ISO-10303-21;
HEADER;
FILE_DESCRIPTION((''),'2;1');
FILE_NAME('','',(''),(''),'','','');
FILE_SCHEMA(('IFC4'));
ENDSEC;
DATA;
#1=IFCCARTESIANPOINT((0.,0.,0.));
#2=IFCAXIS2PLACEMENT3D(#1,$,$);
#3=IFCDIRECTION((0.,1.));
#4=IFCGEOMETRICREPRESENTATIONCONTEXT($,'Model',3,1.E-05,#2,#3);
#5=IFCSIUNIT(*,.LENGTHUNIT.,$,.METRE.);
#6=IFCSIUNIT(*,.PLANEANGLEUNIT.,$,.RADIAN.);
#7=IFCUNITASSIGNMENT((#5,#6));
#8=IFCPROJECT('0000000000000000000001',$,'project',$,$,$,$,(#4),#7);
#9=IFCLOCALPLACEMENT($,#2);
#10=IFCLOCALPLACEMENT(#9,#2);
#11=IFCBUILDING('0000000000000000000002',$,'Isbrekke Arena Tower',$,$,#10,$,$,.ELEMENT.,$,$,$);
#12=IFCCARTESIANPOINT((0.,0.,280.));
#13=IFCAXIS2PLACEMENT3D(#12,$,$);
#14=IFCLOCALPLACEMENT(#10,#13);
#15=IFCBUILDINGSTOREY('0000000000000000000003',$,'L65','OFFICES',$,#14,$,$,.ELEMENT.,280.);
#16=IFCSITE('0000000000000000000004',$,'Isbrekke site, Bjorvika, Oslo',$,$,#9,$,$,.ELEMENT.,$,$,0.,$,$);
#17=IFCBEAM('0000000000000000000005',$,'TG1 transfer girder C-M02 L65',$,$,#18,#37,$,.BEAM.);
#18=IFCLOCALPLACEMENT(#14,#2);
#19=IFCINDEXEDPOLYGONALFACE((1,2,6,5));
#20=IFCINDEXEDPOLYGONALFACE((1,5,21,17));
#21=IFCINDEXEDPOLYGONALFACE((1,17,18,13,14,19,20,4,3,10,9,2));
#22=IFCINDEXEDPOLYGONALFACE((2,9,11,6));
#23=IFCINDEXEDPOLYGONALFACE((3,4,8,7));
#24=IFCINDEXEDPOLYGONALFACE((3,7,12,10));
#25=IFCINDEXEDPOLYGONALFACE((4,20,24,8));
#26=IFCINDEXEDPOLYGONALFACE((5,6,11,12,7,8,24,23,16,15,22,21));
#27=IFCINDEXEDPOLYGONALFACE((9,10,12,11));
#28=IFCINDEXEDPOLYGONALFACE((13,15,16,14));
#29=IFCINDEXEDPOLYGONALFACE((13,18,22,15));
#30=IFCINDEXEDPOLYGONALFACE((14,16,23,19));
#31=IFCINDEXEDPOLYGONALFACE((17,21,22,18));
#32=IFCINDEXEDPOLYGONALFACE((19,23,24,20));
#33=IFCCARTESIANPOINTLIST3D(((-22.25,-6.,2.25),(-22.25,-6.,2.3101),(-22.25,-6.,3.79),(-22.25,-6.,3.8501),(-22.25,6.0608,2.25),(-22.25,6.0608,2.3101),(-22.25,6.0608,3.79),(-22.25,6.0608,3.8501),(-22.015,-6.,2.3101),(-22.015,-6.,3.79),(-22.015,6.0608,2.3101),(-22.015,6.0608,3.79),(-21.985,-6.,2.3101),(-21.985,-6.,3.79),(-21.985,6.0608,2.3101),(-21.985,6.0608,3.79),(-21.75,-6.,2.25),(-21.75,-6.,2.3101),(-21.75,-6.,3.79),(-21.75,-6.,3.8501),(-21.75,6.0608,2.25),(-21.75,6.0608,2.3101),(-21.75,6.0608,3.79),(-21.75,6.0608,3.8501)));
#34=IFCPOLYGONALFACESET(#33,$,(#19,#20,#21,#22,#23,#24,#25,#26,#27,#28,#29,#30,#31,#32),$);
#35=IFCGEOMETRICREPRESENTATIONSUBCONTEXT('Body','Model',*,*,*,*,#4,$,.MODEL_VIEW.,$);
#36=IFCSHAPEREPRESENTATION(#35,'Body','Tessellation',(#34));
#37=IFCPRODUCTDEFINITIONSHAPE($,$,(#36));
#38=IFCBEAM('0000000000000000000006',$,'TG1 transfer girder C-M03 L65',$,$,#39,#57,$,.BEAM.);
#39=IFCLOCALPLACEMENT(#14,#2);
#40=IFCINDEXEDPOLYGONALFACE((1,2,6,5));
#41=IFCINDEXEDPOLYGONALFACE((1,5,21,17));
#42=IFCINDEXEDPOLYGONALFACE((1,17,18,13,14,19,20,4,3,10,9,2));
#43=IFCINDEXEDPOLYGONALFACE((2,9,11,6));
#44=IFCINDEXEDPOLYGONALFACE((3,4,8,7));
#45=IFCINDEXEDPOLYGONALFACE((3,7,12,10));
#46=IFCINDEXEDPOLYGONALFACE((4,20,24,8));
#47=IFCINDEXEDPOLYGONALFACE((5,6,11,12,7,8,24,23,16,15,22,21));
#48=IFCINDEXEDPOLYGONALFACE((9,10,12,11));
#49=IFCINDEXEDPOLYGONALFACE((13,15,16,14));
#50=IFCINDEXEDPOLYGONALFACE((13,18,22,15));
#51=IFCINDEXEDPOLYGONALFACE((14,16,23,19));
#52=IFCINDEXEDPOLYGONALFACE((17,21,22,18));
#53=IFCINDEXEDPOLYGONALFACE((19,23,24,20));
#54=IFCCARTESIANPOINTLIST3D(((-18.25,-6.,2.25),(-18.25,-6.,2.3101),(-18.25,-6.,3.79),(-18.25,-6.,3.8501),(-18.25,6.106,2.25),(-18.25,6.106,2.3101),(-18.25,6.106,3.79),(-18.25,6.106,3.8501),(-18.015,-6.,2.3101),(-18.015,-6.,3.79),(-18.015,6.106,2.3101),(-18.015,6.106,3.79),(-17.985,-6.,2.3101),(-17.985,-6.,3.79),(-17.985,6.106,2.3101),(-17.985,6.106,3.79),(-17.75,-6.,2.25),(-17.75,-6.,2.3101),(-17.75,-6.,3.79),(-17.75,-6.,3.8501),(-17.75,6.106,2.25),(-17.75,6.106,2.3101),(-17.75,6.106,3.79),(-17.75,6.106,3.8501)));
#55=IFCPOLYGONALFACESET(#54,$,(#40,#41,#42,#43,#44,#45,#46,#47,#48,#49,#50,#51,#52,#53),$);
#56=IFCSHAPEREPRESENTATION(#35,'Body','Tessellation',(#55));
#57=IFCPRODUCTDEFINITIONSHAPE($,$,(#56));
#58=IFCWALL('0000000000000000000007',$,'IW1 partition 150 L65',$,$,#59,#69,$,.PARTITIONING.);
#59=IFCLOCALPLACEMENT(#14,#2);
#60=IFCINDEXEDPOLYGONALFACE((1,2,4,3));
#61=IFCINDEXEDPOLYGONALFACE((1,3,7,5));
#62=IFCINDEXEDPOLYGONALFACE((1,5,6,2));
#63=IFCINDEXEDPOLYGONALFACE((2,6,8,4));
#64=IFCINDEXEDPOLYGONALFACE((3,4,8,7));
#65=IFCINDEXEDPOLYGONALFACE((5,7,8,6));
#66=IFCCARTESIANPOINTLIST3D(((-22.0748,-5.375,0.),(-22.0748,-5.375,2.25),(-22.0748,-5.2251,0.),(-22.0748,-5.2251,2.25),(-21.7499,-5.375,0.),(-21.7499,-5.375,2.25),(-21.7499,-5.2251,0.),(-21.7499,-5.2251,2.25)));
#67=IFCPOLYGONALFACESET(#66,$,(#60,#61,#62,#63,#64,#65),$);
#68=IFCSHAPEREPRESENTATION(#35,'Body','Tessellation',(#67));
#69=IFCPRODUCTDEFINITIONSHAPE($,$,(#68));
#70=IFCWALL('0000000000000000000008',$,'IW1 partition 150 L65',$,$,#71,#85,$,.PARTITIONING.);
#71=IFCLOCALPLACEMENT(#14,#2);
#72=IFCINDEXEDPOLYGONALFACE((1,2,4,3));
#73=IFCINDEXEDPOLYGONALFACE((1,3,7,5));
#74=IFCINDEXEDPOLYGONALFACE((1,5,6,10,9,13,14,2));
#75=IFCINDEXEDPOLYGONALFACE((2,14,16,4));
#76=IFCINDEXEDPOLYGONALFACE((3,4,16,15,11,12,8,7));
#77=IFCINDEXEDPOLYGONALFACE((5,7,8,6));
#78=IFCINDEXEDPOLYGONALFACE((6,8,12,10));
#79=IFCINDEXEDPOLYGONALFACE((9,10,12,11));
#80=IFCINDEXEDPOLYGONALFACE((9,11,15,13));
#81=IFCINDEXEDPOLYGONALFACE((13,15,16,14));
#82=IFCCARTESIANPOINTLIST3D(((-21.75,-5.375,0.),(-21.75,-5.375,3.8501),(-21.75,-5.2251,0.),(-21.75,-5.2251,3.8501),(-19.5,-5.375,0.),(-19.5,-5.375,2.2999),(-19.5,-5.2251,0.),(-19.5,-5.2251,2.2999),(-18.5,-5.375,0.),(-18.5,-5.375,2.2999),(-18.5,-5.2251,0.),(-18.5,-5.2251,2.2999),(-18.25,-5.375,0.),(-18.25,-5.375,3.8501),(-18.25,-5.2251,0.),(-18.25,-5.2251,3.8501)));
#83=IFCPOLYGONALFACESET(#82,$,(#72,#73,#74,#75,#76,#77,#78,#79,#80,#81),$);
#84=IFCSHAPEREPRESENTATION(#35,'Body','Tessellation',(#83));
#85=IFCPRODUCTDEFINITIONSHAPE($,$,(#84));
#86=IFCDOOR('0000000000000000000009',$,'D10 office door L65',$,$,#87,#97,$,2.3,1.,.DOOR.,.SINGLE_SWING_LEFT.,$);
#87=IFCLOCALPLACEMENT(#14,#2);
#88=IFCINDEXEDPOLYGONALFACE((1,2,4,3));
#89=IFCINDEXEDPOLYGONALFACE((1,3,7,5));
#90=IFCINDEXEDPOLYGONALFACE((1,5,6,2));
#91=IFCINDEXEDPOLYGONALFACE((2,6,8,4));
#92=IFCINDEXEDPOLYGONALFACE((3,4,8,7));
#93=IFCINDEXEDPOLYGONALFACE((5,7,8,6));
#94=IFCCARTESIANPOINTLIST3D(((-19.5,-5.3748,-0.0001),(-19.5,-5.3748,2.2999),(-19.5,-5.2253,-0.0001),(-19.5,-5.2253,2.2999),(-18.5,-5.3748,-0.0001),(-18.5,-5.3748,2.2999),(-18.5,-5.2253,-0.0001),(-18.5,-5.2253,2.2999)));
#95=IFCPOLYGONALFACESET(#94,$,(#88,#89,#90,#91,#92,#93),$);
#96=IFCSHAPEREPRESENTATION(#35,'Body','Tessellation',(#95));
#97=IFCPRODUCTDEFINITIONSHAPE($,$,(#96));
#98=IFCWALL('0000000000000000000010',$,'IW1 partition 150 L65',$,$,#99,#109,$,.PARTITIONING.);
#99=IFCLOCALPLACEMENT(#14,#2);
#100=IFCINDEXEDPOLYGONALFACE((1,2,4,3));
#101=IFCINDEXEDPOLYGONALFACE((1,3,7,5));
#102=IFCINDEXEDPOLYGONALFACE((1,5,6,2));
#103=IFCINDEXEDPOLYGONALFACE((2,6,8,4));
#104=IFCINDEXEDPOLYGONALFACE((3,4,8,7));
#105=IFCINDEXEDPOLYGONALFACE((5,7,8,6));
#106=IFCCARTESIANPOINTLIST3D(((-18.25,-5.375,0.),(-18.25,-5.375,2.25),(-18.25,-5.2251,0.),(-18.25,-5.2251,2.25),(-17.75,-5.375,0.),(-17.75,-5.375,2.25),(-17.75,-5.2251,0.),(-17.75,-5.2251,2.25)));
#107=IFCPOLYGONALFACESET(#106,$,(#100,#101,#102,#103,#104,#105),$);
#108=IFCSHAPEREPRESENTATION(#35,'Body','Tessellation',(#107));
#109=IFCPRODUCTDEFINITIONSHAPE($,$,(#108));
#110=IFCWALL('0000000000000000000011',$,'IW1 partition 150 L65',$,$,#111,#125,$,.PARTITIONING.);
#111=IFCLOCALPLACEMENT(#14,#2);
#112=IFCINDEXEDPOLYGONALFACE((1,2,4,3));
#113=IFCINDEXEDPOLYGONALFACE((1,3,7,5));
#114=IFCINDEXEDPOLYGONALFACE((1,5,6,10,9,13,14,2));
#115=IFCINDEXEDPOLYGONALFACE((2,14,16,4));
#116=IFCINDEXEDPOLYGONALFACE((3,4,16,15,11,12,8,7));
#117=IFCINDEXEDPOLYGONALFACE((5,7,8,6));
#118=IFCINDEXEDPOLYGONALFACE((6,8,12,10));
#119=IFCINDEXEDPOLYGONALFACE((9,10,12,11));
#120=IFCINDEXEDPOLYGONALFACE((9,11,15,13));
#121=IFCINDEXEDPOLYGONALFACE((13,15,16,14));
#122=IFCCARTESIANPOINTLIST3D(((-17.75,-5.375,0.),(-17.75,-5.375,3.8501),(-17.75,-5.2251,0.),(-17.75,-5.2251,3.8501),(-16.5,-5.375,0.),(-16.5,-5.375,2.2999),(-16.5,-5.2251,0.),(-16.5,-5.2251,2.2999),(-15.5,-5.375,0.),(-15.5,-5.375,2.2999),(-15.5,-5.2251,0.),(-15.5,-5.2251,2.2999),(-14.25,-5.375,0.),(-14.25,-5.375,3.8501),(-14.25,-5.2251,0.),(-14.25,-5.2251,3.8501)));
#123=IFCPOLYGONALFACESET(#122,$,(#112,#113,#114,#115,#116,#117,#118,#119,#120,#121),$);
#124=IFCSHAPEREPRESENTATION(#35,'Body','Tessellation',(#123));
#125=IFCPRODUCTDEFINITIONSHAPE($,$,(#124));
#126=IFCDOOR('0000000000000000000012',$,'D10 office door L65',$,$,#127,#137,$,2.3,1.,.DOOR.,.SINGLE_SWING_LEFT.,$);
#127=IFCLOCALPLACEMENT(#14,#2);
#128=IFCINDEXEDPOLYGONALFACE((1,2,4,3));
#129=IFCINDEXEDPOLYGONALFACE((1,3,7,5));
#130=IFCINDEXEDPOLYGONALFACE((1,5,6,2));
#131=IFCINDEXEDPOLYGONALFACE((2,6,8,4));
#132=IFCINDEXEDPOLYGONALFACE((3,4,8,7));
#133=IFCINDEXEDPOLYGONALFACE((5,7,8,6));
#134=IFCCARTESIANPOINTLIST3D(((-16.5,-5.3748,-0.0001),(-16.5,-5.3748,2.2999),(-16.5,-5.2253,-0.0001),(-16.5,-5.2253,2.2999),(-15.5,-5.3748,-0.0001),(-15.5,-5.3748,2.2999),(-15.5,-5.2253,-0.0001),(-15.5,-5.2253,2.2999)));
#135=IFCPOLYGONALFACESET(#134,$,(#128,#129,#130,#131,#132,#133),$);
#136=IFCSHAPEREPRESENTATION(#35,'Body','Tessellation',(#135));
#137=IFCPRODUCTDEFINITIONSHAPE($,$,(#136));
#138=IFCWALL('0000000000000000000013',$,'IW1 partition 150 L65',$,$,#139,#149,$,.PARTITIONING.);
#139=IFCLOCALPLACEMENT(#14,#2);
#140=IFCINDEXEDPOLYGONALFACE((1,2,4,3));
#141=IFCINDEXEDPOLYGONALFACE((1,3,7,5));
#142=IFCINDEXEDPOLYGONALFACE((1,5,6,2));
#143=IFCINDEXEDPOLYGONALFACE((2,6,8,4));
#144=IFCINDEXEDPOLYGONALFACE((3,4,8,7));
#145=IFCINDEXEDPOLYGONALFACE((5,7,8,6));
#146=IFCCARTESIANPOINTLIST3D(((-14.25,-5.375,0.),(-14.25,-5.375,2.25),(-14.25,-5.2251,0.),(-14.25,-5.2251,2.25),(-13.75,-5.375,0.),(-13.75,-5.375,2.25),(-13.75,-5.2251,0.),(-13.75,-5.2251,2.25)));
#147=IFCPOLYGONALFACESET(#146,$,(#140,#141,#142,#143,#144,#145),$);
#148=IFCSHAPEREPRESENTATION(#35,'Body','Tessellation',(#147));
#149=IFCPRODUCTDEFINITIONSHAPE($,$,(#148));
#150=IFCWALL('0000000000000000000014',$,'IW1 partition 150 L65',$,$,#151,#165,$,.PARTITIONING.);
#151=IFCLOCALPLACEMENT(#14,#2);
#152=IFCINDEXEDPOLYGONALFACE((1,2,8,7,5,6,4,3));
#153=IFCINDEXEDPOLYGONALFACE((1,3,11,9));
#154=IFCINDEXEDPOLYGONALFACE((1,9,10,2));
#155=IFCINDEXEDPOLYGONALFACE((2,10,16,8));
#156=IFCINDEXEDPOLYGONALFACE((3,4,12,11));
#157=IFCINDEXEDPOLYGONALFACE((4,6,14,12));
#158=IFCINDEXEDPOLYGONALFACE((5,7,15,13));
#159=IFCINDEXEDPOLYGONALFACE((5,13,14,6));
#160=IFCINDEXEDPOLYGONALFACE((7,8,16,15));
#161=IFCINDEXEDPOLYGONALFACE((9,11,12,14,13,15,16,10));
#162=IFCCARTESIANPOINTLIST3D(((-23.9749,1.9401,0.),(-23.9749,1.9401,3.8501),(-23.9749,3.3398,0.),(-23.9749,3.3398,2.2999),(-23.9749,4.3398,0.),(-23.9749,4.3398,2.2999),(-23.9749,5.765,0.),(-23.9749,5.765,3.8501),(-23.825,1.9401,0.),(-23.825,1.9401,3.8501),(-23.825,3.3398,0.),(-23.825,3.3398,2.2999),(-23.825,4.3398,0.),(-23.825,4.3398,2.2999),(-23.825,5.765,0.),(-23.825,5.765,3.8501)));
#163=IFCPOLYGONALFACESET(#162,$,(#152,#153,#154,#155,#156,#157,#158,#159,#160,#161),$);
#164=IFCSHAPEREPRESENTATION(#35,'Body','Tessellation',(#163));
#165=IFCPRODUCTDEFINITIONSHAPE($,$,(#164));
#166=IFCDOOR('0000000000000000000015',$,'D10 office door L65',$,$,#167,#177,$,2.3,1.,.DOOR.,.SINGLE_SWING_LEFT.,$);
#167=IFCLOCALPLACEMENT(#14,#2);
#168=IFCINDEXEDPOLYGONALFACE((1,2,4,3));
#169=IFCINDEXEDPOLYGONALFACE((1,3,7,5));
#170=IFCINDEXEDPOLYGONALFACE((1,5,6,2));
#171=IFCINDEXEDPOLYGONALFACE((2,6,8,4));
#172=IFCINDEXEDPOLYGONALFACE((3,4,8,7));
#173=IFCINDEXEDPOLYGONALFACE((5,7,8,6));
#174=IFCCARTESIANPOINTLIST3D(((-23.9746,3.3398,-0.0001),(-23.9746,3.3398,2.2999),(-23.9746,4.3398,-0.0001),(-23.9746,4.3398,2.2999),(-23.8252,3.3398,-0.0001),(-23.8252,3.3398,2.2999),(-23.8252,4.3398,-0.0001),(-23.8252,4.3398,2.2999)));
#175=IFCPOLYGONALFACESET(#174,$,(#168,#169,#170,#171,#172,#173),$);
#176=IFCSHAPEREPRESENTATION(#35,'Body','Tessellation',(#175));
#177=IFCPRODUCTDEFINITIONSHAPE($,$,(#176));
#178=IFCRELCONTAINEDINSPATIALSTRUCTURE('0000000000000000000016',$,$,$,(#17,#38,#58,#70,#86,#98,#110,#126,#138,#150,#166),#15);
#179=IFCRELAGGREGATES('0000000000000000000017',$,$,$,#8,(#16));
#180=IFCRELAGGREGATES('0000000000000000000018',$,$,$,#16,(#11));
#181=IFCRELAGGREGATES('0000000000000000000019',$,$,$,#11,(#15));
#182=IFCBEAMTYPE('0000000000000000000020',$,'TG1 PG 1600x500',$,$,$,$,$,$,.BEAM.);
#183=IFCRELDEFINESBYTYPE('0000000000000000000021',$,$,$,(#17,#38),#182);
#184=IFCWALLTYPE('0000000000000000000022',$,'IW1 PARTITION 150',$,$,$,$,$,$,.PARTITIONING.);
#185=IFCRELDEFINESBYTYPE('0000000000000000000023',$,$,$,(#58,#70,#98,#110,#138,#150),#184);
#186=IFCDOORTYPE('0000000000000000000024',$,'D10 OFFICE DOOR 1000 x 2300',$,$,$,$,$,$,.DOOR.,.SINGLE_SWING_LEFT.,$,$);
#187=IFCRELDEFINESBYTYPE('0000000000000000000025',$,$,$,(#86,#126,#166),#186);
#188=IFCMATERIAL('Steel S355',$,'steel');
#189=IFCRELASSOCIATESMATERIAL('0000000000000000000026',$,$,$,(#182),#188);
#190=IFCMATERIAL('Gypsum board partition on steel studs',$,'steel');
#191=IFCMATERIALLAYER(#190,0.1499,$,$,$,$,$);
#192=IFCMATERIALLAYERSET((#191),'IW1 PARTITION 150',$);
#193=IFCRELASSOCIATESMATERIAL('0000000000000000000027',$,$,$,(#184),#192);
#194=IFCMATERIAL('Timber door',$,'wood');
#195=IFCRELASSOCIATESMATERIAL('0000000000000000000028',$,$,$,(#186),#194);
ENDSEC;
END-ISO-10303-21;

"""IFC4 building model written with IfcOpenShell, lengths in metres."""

from ifc_helpers import new_model, si_unit, direction, frame, frame_2d, origin, origin_2d, place, context, subcontext, project, spatial, rectangle, i_section, extrude, material, layer, layer_set, material_profile, profile_set, type_object, element, fill, save


model = new_model("IFC4")

# Units and contexts
model_context = context("Model", 3, precision=1e-05, world=origin(), true_north=direction((0.0, 1.0)))
body_context = subcontext(model_context, "Body", "Model", "MODEL_VIEW")
ifc_project = project(units=[si_unit("LENGTHUNIT", "METRE"), si_unit("PLANEANGLEUNIT", "RADIAN")], contexts=[model_context])

# Site, building, storey
site_placement = place(None, origin())
site = spatial("IfcSite", under=ifc_project, at=site_placement, Name="Isbrekke site, Bjorvika, Oslo", CompositionType="ELEMENT", RefElevation=0.0)
building_placement = place(site_placement, origin())
building = spatial("IfcBuilding", under=site, at=building_placement, Name="Isbrekke Arena Tower", CompositionType="ELEMENT")
storey_placement = place(building_placement, frame((0.0, 0.0, 280.0)))
storey = spatial("IfcBuildingStorey", under=building, at=storey_placement, Name="L65", Description="OFFICES", CompositionType="ELEMENT", Elevation=280.0)

# Beams
ifc_material_1 = material(Name="Steel S355", Category="steel")
ifc_material_profile_1 = material_profile(ifc_material_1, i_section(OverallWidth=0.5, OverallDepth=1.6001, WebThickness=0.03, FlangeThickness=0.0601, at=origin_2d()), Name="PG 1600x500")
ifc_profile_set_1 = profile_set([ifc_material_profile_1], Name="Steel S355")
beam_type_1 = type_object("IfcBeamType", Name="TG1 PG 1600x500", PredefinedType="BEAM", material=ifc_profile_set_1)
beam_1_placement = place(storey_placement, frame((-22.0, -6.0, 3.05), z_axis=(0.0, 1.0, 0.0), x_axis=(-1.0, 0.0, 0.0)))
element("IfcBeam", 1, at=beam_1_placement, inside=storey, type_object=beam_type_1, Name="TG1 transfer girder C-M02 L65", PredefinedType="BEAM", context=body_context, shape_type="SweptSolid", body=[
    extrude(i_section(OverallWidth=0.5, OverallDepth=1.6001, WebThickness=0.03, FlangeThickness=0.0601, at=origin_2d()), origin(), (0.0, 0.0, 1.0), 12.0608),
])
beam_2_placement = place(storey_placement, frame((-18.0, -6.0, 3.05), z_axis=(0.0, 1.0, 0.0), x_axis=(-1.0, 0.0, 0.0)))
element("IfcBeam", 2, at=beam_2_placement, inside=storey, type_object=beam_type_1, Name="TG1 transfer girder C-M03 L65", PredefinedType="BEAM", context=body_context, shape_type="SweptSolid", body=[
    extrude(i_section(OverallWidth=0.5, OverallDepth=1.6001, WebThickness=0.03, FlangeThickness=0.0601, at=origin_2d()), origin(), (0.0, 0.0, 1.0), 12.106),
])

# Wall
ifc_material_2 = material(Name="Gypsum board partition on steel studs", Category="steel")
ifc_layer_1 = layer(ifc_material_2, 0.1499)
ifc_layer_set_1 = layer_set([ifc_layer_1], Name="IW1 PARTITION 150")
wall_type_1 = type_object("IfcWallType", Name="IW1 PARTITION 150", PredefinedType="PARTITIONING", material=ifc_layer_set_1)
wall_1_placement = place(storey_placement, frame((-22.075, -5.3, 0.0), z_axis=(0.0, 0.0, 1.0), x_axis=(1.0, 0.0, 0.0)))
element("IfcWall", 3, at=wall_1_placement, inside=storey, type_object=wall_type_1, Name="IW1 partition 150 L65", PredefinedType="PARTITIONING", context=body_context, shape_type="SweptSolid", body=[
    extrude(rectangle(XDim=0.325, YDim=0.1499, at=frame_2d((0.1626, 0.0))), origin(), (0.0, 0.0, 1.0), 2.25),
])

# Wall, opening, door
wall_2_placement = place(storey_placement, frame((-21.75, -5.3, 0.0), z_axis=(0.0, 0.0, 1.0), x_axis=(1.0, 0.0, 0.0)))
wall_2 = element("IfcWall", 4, at=wall_2_placement, inside=storey, type_object=wall_type_1, Name="IW1 partition 150 L65", PredefinedType="PARTITIONING", context=body_context, shape_type="SweptSolid", body=[
    extrude(rectangle(XDim=3.5, YDim=0.1499, at=frame_2d((1.75, 0.0))), origin(), (0.0, 0.0, 1.0), 3.8501),
])
opening_1_placement = place(wall_2_placement, frame((2.25, 0.0, 0.0)))
opening_1 = element("IfcOpeningElement", 5, at=opening_1_placement, cuts=wall_2, PredefinedType="OPENING", context=body_context, shape_type="SweptSolid", body=[
    extrude(rectangle(XDim=1.0, YDim=2.3, at=frame_2d((0.5, 1.1499))), frame((0.0, 0.0898, 0.0), z_axis=(0.0, -1.0, 0.0), x_axis=(1.0, 0.0, 0.0)), (0.0, 0.0, 1.0), 0.1797),
])
ifc_material_3 = material(Name="Timber door", Category="wood")
door_type_1 = type_object("IfcDoorType", Name="D10 OFFICE DOOR 1000 x 2300", OperationType="SINGLE_SWING_LEFT", PredefinedType="DOOR", material=ifc_material_3)
door_1_placement = place(opening_1_placement, origin())
door_1 = element("IfcDoor", 6, at=door_1_placement, inside=storey, type_object=door_type_1, Name="D10 office door L65", OperationType="SINGLE_SWING_LEFT", OverallHeight=2.3, OverallWidth=1.0, PredefinedType="DOOR", context=body_context, shape_type="SweptSolid", body=[
    extrude(rectangle(XDim=1.0, YDim=2.3, at=frame_2d((0.5, 1.1499))), frame((0.0, 0.0747, 0.0), z_axis=(0.0, -1.0, 0.0), x_axis=(1.0, 0.0, 0.0)), (0.0, 0.0, 1.0), 0.1494),
])
fill(opening_1, door_1)

# Wall
wall_3_placement = place(storey_placement, frame((-18.25, -5.3, 0.0), z_axis=(0.0, 0.0, 1.0), x_axis=(1.0, 0.0, 0.0)))
element("IfcWall", 7, at=wall_3_placement, inside=storey, type_object=wall_type_1, Name="IW1 partition 150 L65", PredefinedType="PARTITIONING", context=body_context, shape_type="SweptSolid", body=[
    extrude(rectangle(XDim=0.5, YDim=0.1499, at=frame_2d((0.25, 0.0))), origin(), (0.0, 0.0, 1.0), 2.25),
])

# Wall, opening, door
wall_4_placement = place(storey_placement, frame((-17.75, -5.3, 0.0), z_axis=(0.0, 0.0, 1.0), x_axis=(1.0, 0.0, 0.0)))
wall_4 = element("IfcWall", 8, at=wall_4_placement, inside=storey, type_object=wall_type_1, Name="IW1 partition 150 L65", PredefinedType="PARTITIONING", context=body_context, shape_type="SweptSolid", body=[
    extrude(rectangle(XDim=3.5, YDim=0.1499, at=frame_2d((1.75, 0.0))), origin(), (0.0, 0.0, 1.0), 3.8501),
])
opening_2_placement = place(wall_4_placement, frame((1.25, 0.0, 0.0)))
opening_2 = element("IfcOpeningElement", 9, at=opening_2_placement, cuts=wall_4, PredefinedType="OPENING", context=body_context, shape_type="SweptSolid", body=[
    extrude(rectangle(XDim=1.0, YDim=2.3, at=frame_2d((0.5, 1.1499))), frame((0.0, 0.0898, 0.0), z_axis=(0.0, -1.0, 0.0), x_axis=(1.0, 0.0, 0.0)), (0.0, 0.0, 1.0), 0.1797),
])
door_2_placement = place(opening_2_placement, origin())
door_2 = element("IfcDoor", 10, at=door_2_placement, inside=storey, type_object=door_type_1, Name="D10 office door L65", OperationType="SINGLE_SWING_LEFT", OverallHeight=2.3, OverallWidth=1.0, PredefinedType="DOOR", context=body_context, shape_type="SweptSolid", body=[
    extrude(rectangle(XDim=1.0, YDim=2.3, at=frame_2d((0.5, 1.1499))), frame((0.0, 0.0747, 0.0), z_axis=(0.0, -1.0, 0.0), x_axis=(1.0, 0.0, 0.0)), (0.0, 0.0, 1.0), 0.1494),
])
fill(opening_2, door_2)

# Wall
wall_5_placement = place(storey_placement, frame((-14.25, -5.3, 0.0), z_axis=(0.0, 0.0, 1.0), x_axis=(1.0, 0.0, 0.0)))
element("IfcWall", 11, at=wall_5_placement, inside=storey, type_object=wall_type_1, Name="IW1 partition 150 L65", PredefinedType="PARTITIONING", context=body_context, shape_type="SweptSolid", body=[
    extrude(rectangle(XDim=0.5, YDim=0.1499, at=frame_2d((0.25, 0.0))), origin(), (0.0, 0.0, 1.0), 2.25),
])

# Wall, opening, door
wall_6_placement = place(storey_placement, frame((-23.8999, 1.9399, 0.0), z_axis=(0.0, 0.0, 1.0), x_axis=(0.0, 1.0, 0.0)))
wall_6 = element("IfcWall", 12, at=wall_6_placement, inside=storey, type_object=wall_type_1, Name="IW1 partition 150 L65", PredefinedType="PARTITIONING", context=body_context, shape_type="SweptSolid", body=[
    extrude(rectangle(XDim=3.825, YDim=0.1499, at=frame_2d((1.9126, 0.0))), origin(), (0.0, 0.0, 1.0), 3.8501),
])
opening_3_placement = place(wall_6_placement, frame((1.3999, 0.0, 0.0)))
opening_3 = element("IfcOpeningElement", 13, at=opening_3_placement, cuts=wall_6, PredefinedType="OPENING", context=body_context, shape_type="SweptSolid", body=[
    extrude(rectangle(XDim=1.0, YDim=2.3, at=frame_2d((0.5, 1.1499))), frame((0.0, 0.0898, 0.0), z_axis=(0.0, -1.0, 0.0), x_axis=(1.0, 0.0, 0.0)), (0.0, 0.0, 1.0), 0.1797),
])
door_3_placement = place(opening_3_placement, origin())
door_3 = element("IfcDoor", 14, at=door_3_placement, inside=storey, type_object=door_type_1, Name="D10 office door L65", OperationType="SINGLE_SWING_LEFT", OverallHeight=2.3, OverallWidth=1.0, PredefinedType="DOOR", context=body_context, shape_type="SweptSolid", body=[
    extrude(rectangle(XDim=1.0, YDim=2.3, at=frame_2d((0.5, 1.1499))), frame((0.0, 0.0747, 0.0), z_axis=(0.0, -1.0, 0.0), x_axis=(1.0, 0.0, 0.0)), (0.0, 0.0, 1.0), 0.1494),
])
fill(opening_3, door_3)

save(model, "model.ifc")
